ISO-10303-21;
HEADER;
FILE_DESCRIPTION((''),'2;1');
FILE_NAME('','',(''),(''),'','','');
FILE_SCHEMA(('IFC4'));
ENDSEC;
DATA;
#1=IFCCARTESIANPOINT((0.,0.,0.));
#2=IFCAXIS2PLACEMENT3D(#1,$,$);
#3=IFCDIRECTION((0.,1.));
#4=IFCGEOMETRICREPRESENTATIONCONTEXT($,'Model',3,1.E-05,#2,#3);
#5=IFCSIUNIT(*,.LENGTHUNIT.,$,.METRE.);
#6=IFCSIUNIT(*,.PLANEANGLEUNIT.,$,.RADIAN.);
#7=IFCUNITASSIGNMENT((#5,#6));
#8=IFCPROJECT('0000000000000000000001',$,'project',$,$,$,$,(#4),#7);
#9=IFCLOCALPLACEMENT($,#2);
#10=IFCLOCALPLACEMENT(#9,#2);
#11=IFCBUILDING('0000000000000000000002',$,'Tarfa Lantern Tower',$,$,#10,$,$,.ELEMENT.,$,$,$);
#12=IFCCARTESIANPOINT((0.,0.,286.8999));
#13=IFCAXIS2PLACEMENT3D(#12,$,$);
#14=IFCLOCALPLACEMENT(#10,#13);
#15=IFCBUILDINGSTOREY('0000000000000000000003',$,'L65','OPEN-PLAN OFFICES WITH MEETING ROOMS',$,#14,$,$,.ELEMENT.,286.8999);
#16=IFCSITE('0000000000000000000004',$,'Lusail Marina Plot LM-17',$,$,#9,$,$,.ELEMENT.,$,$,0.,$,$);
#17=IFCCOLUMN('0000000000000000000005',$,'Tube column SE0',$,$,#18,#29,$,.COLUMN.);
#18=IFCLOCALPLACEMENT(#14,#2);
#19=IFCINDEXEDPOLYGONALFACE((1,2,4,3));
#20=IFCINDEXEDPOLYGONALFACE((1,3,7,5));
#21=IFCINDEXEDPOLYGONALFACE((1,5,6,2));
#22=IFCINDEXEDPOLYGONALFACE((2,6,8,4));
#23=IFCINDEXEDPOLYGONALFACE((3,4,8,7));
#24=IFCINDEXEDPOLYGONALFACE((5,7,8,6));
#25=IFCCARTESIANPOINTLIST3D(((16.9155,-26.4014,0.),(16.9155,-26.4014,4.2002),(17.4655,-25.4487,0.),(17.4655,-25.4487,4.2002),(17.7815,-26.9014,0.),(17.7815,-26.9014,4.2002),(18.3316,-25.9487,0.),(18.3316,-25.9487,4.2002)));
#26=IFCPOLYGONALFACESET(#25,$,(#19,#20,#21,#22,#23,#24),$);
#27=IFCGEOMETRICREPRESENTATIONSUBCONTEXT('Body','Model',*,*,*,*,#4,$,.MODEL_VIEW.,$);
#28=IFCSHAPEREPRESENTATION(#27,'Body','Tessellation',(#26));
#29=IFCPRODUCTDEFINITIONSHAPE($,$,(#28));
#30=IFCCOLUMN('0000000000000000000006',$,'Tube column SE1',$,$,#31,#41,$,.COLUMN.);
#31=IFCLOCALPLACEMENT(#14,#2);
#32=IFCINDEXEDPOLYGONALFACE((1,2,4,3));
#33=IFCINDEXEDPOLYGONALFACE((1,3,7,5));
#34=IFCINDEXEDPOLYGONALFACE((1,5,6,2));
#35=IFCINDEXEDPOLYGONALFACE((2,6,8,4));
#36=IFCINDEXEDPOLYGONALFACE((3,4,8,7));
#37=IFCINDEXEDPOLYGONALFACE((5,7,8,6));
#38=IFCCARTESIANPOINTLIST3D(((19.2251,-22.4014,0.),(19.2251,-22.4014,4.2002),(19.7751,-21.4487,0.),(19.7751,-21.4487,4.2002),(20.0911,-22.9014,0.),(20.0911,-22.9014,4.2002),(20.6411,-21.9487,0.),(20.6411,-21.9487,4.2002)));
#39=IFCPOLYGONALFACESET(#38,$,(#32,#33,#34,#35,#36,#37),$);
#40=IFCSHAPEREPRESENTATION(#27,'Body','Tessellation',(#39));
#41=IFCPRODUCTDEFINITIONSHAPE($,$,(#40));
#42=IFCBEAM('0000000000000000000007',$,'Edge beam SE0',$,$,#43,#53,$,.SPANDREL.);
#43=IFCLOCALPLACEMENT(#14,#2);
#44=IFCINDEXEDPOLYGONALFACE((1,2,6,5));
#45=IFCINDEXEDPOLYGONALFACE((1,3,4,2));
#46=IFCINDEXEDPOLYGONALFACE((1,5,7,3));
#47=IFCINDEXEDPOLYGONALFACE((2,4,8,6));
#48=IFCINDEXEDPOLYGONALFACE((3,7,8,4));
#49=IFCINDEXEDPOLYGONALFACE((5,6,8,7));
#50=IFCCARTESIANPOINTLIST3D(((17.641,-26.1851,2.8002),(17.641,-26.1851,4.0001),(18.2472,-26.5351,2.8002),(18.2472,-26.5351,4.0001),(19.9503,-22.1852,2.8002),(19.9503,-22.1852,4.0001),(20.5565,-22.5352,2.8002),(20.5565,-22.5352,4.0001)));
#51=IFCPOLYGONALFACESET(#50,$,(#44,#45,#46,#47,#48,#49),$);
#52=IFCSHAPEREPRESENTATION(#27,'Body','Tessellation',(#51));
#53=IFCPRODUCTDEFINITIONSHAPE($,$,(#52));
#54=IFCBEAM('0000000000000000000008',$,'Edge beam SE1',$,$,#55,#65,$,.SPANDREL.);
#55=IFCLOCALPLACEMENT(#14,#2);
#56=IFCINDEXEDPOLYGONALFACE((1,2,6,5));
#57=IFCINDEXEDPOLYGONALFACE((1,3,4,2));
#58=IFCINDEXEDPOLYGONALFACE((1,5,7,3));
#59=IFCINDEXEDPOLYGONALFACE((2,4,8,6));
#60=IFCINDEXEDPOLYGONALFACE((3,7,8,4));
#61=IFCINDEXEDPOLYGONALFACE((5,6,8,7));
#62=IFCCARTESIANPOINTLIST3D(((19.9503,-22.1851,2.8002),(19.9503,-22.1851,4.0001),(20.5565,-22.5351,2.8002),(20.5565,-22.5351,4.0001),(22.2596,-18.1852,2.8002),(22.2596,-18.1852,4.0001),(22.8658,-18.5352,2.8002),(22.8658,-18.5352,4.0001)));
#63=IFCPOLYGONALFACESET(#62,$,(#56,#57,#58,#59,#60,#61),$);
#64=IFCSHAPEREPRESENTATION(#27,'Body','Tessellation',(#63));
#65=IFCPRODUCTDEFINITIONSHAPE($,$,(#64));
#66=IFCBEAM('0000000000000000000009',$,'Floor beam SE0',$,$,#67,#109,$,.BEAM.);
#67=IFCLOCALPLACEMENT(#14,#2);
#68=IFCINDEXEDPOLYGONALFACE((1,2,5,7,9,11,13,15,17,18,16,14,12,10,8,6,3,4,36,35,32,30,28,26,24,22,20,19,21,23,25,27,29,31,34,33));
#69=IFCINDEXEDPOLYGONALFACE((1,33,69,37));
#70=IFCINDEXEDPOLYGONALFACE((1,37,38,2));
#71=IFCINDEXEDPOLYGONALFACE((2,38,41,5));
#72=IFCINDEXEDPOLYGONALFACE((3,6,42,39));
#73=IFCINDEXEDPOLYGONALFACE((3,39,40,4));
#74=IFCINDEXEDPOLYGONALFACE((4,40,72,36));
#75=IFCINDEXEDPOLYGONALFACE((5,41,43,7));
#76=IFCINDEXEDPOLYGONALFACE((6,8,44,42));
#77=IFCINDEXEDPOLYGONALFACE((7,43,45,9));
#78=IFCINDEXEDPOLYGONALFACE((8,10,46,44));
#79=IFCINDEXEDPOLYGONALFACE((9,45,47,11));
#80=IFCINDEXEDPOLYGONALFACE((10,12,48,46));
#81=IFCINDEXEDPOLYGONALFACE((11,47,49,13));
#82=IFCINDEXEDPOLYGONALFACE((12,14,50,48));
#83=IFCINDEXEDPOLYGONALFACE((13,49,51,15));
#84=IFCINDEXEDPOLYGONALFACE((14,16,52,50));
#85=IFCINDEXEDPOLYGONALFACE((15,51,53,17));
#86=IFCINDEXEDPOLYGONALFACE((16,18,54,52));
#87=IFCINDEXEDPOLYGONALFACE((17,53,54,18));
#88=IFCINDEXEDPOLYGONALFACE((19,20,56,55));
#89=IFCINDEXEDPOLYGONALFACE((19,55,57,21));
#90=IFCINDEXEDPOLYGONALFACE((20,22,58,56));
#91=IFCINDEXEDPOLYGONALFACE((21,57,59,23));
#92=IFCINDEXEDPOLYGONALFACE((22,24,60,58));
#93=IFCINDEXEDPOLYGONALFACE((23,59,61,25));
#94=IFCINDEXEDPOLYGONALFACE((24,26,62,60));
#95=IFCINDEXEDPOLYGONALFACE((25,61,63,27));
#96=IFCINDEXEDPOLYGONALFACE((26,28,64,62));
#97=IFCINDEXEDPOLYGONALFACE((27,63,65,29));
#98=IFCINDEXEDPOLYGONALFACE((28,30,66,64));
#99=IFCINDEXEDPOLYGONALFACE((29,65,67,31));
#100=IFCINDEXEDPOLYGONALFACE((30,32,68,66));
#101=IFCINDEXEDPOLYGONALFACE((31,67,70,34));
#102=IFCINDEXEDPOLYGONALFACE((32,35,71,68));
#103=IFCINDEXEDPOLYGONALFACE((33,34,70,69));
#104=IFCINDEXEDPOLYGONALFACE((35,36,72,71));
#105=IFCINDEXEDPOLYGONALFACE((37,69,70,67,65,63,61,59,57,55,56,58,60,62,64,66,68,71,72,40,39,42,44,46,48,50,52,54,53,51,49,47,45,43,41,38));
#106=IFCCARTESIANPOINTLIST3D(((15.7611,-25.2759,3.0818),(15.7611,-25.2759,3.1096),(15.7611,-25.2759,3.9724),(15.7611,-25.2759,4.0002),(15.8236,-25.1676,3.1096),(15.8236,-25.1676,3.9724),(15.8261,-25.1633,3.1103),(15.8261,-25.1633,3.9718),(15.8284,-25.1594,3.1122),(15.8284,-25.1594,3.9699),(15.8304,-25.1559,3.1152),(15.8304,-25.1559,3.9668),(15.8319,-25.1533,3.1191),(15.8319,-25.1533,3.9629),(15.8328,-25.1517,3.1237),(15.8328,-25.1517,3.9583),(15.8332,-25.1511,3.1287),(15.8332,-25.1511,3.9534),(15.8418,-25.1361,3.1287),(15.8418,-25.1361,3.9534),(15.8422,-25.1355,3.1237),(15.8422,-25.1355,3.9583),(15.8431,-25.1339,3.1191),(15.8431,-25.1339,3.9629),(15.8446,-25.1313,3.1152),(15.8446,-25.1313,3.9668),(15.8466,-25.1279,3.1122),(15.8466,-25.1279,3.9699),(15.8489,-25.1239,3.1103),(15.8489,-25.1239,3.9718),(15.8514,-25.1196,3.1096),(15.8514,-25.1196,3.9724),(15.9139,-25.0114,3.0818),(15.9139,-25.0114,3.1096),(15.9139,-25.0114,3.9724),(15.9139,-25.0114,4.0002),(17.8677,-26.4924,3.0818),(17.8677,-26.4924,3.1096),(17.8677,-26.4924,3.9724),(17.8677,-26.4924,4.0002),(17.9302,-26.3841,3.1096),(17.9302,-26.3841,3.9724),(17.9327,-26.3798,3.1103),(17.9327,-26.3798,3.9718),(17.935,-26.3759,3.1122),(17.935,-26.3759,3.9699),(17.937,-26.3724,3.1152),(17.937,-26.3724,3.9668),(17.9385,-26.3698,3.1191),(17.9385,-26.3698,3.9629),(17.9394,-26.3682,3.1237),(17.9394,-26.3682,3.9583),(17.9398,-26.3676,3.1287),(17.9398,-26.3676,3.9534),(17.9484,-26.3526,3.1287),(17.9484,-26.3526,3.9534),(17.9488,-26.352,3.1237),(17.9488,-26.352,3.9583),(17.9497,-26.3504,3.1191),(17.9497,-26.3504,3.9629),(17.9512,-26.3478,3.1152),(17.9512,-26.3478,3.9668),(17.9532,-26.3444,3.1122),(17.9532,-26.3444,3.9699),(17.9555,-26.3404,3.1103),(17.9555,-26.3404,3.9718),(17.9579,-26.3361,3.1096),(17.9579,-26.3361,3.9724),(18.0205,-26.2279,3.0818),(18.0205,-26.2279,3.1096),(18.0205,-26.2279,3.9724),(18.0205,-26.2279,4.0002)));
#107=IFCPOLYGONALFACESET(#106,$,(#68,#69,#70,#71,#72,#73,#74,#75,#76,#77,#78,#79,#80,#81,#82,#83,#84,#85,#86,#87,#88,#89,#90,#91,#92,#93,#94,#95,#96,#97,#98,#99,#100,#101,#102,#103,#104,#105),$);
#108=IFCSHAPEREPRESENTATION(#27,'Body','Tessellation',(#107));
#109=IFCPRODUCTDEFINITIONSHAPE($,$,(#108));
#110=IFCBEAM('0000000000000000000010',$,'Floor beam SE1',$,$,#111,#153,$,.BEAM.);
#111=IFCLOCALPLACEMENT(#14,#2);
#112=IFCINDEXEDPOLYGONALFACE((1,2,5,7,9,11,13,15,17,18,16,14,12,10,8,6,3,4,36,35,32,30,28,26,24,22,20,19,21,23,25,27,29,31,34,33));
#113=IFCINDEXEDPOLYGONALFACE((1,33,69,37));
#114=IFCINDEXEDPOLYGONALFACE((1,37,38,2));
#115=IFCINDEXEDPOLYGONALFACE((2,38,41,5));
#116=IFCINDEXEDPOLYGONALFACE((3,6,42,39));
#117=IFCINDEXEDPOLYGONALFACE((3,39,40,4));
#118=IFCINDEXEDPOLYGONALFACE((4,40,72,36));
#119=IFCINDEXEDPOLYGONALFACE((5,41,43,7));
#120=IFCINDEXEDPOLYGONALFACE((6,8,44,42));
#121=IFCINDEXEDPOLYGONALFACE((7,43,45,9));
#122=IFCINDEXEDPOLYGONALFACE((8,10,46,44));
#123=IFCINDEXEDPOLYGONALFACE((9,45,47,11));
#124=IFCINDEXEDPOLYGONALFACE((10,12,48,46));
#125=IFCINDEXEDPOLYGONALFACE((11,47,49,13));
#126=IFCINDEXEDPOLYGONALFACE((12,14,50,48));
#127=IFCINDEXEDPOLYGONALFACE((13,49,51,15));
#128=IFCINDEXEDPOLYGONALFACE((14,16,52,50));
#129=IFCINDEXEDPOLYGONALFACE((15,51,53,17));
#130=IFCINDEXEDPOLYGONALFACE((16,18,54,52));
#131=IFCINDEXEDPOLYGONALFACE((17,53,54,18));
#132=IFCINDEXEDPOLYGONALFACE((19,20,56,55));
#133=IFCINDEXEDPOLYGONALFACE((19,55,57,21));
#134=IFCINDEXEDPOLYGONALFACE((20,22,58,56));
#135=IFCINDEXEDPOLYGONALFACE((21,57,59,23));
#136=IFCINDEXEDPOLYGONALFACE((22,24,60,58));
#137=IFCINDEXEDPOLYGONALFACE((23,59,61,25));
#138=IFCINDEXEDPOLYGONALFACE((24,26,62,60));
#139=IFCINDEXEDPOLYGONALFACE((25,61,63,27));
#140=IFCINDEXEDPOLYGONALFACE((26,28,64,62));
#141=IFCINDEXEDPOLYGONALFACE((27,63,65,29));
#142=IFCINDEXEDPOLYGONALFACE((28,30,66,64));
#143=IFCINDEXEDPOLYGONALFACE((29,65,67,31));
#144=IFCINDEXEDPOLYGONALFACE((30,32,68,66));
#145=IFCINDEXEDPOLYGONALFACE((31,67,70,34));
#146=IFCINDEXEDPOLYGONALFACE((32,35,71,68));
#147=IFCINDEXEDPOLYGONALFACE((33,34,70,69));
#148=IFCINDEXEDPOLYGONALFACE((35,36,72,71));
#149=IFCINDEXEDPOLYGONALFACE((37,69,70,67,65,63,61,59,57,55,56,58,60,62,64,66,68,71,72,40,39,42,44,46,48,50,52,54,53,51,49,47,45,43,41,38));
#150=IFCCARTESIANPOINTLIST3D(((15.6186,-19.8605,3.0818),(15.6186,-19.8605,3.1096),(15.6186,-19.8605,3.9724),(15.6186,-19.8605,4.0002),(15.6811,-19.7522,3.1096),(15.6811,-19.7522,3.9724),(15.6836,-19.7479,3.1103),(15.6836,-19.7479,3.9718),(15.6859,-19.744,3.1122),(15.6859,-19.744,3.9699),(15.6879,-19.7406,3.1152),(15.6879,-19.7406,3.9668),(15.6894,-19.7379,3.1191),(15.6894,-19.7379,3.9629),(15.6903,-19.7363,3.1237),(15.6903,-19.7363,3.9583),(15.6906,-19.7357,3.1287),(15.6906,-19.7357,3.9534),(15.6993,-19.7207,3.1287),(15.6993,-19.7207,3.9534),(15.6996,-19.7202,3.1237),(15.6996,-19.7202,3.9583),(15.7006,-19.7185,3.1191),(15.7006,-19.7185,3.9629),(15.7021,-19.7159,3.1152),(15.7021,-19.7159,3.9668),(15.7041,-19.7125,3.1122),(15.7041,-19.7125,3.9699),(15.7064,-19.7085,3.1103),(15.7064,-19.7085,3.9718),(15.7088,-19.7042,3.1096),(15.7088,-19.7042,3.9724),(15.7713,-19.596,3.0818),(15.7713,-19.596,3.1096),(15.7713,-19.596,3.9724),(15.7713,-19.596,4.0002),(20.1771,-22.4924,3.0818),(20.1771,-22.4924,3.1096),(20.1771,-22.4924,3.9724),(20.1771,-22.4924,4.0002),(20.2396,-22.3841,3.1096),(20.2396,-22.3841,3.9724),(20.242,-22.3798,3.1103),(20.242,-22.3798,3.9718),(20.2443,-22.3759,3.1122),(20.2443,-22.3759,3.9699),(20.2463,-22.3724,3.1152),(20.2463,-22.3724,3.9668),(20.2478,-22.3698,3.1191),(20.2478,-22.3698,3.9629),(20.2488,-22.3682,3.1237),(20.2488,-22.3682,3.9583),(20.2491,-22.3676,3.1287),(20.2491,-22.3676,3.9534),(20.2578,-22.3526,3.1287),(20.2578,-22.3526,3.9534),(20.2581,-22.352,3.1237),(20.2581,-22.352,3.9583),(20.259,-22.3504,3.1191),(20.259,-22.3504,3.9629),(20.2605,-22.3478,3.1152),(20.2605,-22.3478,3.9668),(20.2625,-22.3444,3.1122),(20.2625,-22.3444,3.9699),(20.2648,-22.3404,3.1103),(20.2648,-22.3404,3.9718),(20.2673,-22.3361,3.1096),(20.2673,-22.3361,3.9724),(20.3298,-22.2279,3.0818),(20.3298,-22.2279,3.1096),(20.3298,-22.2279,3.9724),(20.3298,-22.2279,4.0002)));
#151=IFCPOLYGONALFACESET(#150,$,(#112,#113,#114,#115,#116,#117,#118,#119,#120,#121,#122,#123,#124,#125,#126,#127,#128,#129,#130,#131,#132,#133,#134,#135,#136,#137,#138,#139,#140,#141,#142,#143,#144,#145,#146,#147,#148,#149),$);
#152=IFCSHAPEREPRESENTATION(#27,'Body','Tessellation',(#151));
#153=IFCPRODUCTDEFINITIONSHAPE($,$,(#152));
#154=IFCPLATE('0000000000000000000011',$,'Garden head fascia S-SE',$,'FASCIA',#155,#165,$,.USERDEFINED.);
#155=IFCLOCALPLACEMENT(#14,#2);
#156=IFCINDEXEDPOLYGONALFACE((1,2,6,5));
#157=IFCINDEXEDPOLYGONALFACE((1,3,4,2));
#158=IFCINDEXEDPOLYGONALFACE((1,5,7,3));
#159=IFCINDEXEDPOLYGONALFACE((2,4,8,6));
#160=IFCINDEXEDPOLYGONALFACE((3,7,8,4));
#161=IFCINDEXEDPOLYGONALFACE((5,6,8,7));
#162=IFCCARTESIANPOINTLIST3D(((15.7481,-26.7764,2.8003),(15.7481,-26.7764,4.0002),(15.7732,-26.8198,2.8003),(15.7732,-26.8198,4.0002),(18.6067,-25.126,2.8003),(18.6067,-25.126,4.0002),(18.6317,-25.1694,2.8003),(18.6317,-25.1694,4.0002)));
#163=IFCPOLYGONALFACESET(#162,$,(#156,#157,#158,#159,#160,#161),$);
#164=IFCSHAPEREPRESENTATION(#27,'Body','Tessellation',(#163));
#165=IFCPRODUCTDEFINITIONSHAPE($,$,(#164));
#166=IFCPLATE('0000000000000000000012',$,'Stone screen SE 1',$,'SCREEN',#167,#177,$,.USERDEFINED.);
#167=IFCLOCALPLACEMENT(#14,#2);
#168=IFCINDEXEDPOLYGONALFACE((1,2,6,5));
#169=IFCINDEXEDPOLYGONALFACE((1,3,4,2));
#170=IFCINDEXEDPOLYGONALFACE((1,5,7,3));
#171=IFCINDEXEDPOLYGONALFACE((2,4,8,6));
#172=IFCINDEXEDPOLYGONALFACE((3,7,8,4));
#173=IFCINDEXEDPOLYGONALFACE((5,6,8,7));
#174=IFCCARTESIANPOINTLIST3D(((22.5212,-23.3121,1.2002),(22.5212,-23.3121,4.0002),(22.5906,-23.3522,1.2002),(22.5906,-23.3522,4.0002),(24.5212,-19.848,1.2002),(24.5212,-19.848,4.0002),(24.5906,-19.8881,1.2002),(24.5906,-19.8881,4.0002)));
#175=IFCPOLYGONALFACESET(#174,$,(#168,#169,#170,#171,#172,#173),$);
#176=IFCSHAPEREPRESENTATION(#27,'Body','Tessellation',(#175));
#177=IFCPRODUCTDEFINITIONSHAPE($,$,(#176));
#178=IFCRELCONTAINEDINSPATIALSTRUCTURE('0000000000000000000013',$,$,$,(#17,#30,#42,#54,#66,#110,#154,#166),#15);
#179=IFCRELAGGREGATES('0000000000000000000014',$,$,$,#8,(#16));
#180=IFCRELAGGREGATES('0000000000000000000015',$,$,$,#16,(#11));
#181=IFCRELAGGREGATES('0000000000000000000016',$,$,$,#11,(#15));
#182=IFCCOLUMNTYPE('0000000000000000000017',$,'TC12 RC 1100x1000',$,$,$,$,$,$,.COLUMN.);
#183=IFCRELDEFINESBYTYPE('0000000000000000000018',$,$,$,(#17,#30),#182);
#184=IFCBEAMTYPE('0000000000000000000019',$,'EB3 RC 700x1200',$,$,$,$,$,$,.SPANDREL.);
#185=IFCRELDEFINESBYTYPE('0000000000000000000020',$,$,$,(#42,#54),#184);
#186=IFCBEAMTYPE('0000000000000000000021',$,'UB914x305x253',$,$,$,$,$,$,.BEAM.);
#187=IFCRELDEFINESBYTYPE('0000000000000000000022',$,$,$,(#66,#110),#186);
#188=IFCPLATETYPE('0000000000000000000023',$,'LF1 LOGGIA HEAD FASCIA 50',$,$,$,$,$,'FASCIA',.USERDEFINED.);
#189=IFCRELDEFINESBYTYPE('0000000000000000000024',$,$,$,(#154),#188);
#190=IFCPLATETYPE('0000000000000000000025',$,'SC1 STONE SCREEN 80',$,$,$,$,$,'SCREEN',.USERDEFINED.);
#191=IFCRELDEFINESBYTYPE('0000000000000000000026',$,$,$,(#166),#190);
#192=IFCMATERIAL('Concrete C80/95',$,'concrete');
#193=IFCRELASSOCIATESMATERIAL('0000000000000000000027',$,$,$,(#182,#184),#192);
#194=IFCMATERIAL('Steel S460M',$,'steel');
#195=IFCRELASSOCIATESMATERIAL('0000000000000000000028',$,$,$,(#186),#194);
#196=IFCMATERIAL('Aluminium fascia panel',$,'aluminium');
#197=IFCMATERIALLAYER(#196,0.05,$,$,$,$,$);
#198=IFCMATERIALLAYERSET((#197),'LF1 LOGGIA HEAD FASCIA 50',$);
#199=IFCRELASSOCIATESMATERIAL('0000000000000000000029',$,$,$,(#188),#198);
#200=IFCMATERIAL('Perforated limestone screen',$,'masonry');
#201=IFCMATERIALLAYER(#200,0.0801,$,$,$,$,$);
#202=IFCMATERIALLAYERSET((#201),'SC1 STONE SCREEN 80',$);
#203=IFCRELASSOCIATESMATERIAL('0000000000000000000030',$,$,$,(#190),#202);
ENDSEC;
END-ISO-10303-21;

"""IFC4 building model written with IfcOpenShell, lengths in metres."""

from ifc_helpers import new_model, si_unit, direction, frame, origin, origin_2d, place, context, subcontext, project, spatial, rectangle, i_section, extrude, material, layer, layer_set, material_profile, profile_set, type_object, element, save


model = new_model("IFC4")

# Units and contexts
model_context = context("Model", 3, precision=1e-05, world=origin(), true_north=direction((0.0, 1.0)))
body_context = subcontext(model_context, "Body", "Model", "MODEL_VIEW")
ifc_project = project(units=[si_unit("LENGTHUNIT", "METRE"), si_unit("PLANEANGLEUNIT", "RADIAN")], contexts=[model_context])

# Site, building, storey
site_placement = place(None, origin())
site = spatial("IfcSite", under=ifc_project, at=site_placement, Name="Lusail Marina Plot LM-17", CompositionType="ELEMENT", RefElevation=0.0)
building_placement = place(site_placement, origin())
building = spatial("IfcBuilding", under=site, at=building_placement, Name="Tarfa Lantern Tower", CompositionType="ELEMENT")
storey_placement = place(building_placement, frame((0.0, 0.0, 286.8999)))
storey = spatial("IfcBuildingStorey", under=building, at=storey_placement, Name="L65", Description="OPEN-PLAN OFFICES WITH MEETING ROOMS", CompositionType="ELEMENT", Elevation=286.8999)

# Columns
ifc_material_1 = material(Name="Concrete C80/95", Category="concrete")
ifc_material_profile_1 = material_profile(ifc_material_1, rectangle(XDim=1.1001, YDim=1.0, at=origin_2d()), Name="RC 1100x1000")
ifc_profile_set_1 = profile_set([ifc_material_profile_1], Name="Concrete C80/95")
column_type = type_object("IfcColumnType", Name="TC12 RC 1100x1000", PredefinedType="COLUMN", material=ifc_profile_set_1)
for number, where, z_axis, x_axis, name in (
    (1, (17.6235, -26.175, 0.0), (0.0, 0.0, 1.0), (0.5, 0.866025, 0.0), "Tube column SE0"),
    (2, (19.9331, -22.175, 0.0), (0.0, 0.0, 1.0), (0.5, 0.866025, 0.0), "Tube column SE1"),
):
    element("IfcColumn", number, at=place(storey_placement, frame(where, z_axis=z_axis, x_axis=x_axis)), inside=storey, type_object=column_type, Name=name, PredefinedType="COLUMN", context=body_context, shape_type="SweptSolid", body=[
        extrude(rectangle(XDim=1.1001, YDim=1.0, at=origin_2d()), origin(), (0.0, 0.0, 1.0), 4.2002),
    ])

# Beams
ifc_material_profile_2 = material_profile(ifc_material_1, rectangle(XDim=0.7, YDim=1.2, at=origin_2d()), Name="RC 700x1200")
ifc_profile_set_2 = profile_set([ifc_material_profile_2], Name="Concrete C80/95")
beam_type_1 = type_object("IfcBeamType", Name="EB3 RC 700x1200", PredefinedType="SPANDREL", material=ifc_profile_set_2)
for number, where, z_axis, x_axis, name in (
    (3, (17.9441, -26.3601, 3.4001), (0.499988, 0.866032, 0.0), (-0.866032, 0.499988, 0.0), "Edge beam SE0"),
    (4, (20.2534, -22.3601, 3.4001), (0.499988, 0.866032, 0.0), (-0.866032, 0.499988, 0.0), "Edge beam SE1"),
):
    element("IfcBeam", number, at=place(storey_placement, frame(where, z_axis=z_axis, x_axis=x_axis)), inside=storey, type_object=beam_type_1, Name=name, PredefinedType="SPANDREL", context=body_context, shape_type="SweptSolid", body=[
        extrude(rectangle(XDim=0.7, YDim=1.2, at=origin_2d()), origin(), (0.0, 0.0, 1.0), 4.6187),
    ])
ifc_material_2 = material(Name="Steel S460M", Category="steel")
ifc_material_profile_3 = material_profile(ifc_material_2, i_section(OverallWidth=0.3054, OverallDepth=0.9185, WebThickness=0.0173, FlangeThickness=0.0278, FilletRadius=0.019, at=origin_2d()), Name="UB914x305x253")
ifc_profile_set_3 = profile_set([ifc_material_profile_3], Name="Steel S460M")
beam_type_2 = type_object("IfcBeamType", Name="UB914x305x253", PredefinedType="BEAM", material=ifc_profile_set_3)
beam_1_placement = place(storey_placement, frame((17.9441, -26.3601, 3.541), z_axis=(-0.86598, 0.500079, 0.0), x_axis=(-0.500079, -0.86598, 0.0)))
element("IfcBeam", 5, at=beam_1_placement, inside=storey, type_object=beam_type_2, Name="Floor beam SE0", PredefinedType="BEAM", context=body_context, shape_type="SweptSolid", body=[
    extrude(i_section(OverallWidth=0.3054, OverallDepth=0.9185, WebThickness=0.0173, FlangeThickness=0.0278, FilletRadius=0.019, at=origin_2d()), origin(), (0.0, 0.0, 1.0), 2.4326),
])
beam_2_placement = place(storey_placement, frame((20.2534, -22.3601, 3.541), z_axis=(-0.86602, 0.50001, 0.0), x_axis=(-0.50001, -0.86602, 0.0)))
element("IfcBeam", 6, at=beam_2_placement, inside=storey, type_object=beam_type_2, Name="Floor beam SE1", PredefinedType="BEAM", context=body_context, shape_type="SweptSolid", body=[
    extrude(i_section(OverallWidth=0.3054, OverallDepth=0.9185, WebThickness=0.0173, FlangeThickness=0.0278, FilletRadius=0.019, at=origin_2d()), origin(), (0.0, 0.0, 1.0), 5.2637),
])

# Plates
ifc_material_3 = material(Name="Aluminium fascia panel", Category="aluminium")
ifc_layer_1 = layer(ifc_material_3, 0.05)
ifc_layer_set_1 = layer_set([ifc_layer_1], Name="LF1 LOGGIA HEAD FASCIA 50")
plate_type_1 = type_object("IfcPlateType", Name="LF1 LOGGIA HEAD FASCIA 50", ElementType="FASCIA", PredefinedType="USERDEFINED", material=ifc_layer_set_1)
plate_1_placement = place(storey_placement, frame((17.1899, -25.9729, 2.8003), z_axis=(0.0, 0.0, 1.0), x_axis=(0.866025, 0.5, 0.0)))
element("IfcPlate", 7, at=plate_1_placement, inside=storey, type_object=plate_type_1, Name="Garden head fascia S-SE", ObjectType="FASCIA", PredefinedType="USERDEFINED", context=body_context, shape_type="SweptSolid", body=[
    extrude(rectangle(XDim=3.3008, YDim=0.05, at=origin_2d()), origin(), (0.0, 0.0, 1.0), 1.2),
])
ifc_material_4 = material(Name="Perforated limestone screen", Category="masonry")
ifc_layer_2 = layer(ifc_material_4, 0.0801)
ifc_layer_set_2 = layer_set([ifc_layer_2], Name="SC1 STONE SCREEN 80")
plate_type_2 = type_object("IfcPlateType", Name="SC1 STONE SCREEN 80", ElementType="SCREEN", PredefinedType="USERDEFINED", material=ifc_layer_set_2)
plate_2_placement = place(storey_placement, frame((23.5559, -21.6001, 1.2002), z_axis=(0.0, 0.0, 1.0), x_axis=(0.5, 0.866025, 0.0)))
element("IfcPlate", 8, at=plate_2_placement, inside=storey, type_object=plate_type_2, Name="Stone screen SE 1", ObjectType="SCREEN", PredefinedType="USERDEFINED", context=body_context, shape_type="SweptSolid", body=[
    extrude(rectangle(XDim=4.0, YDim=0.0801, at=origin_2d()), origin(), (0.0, 0.0, 1.0), 2.8),
])

save(model, "model.ifc")
